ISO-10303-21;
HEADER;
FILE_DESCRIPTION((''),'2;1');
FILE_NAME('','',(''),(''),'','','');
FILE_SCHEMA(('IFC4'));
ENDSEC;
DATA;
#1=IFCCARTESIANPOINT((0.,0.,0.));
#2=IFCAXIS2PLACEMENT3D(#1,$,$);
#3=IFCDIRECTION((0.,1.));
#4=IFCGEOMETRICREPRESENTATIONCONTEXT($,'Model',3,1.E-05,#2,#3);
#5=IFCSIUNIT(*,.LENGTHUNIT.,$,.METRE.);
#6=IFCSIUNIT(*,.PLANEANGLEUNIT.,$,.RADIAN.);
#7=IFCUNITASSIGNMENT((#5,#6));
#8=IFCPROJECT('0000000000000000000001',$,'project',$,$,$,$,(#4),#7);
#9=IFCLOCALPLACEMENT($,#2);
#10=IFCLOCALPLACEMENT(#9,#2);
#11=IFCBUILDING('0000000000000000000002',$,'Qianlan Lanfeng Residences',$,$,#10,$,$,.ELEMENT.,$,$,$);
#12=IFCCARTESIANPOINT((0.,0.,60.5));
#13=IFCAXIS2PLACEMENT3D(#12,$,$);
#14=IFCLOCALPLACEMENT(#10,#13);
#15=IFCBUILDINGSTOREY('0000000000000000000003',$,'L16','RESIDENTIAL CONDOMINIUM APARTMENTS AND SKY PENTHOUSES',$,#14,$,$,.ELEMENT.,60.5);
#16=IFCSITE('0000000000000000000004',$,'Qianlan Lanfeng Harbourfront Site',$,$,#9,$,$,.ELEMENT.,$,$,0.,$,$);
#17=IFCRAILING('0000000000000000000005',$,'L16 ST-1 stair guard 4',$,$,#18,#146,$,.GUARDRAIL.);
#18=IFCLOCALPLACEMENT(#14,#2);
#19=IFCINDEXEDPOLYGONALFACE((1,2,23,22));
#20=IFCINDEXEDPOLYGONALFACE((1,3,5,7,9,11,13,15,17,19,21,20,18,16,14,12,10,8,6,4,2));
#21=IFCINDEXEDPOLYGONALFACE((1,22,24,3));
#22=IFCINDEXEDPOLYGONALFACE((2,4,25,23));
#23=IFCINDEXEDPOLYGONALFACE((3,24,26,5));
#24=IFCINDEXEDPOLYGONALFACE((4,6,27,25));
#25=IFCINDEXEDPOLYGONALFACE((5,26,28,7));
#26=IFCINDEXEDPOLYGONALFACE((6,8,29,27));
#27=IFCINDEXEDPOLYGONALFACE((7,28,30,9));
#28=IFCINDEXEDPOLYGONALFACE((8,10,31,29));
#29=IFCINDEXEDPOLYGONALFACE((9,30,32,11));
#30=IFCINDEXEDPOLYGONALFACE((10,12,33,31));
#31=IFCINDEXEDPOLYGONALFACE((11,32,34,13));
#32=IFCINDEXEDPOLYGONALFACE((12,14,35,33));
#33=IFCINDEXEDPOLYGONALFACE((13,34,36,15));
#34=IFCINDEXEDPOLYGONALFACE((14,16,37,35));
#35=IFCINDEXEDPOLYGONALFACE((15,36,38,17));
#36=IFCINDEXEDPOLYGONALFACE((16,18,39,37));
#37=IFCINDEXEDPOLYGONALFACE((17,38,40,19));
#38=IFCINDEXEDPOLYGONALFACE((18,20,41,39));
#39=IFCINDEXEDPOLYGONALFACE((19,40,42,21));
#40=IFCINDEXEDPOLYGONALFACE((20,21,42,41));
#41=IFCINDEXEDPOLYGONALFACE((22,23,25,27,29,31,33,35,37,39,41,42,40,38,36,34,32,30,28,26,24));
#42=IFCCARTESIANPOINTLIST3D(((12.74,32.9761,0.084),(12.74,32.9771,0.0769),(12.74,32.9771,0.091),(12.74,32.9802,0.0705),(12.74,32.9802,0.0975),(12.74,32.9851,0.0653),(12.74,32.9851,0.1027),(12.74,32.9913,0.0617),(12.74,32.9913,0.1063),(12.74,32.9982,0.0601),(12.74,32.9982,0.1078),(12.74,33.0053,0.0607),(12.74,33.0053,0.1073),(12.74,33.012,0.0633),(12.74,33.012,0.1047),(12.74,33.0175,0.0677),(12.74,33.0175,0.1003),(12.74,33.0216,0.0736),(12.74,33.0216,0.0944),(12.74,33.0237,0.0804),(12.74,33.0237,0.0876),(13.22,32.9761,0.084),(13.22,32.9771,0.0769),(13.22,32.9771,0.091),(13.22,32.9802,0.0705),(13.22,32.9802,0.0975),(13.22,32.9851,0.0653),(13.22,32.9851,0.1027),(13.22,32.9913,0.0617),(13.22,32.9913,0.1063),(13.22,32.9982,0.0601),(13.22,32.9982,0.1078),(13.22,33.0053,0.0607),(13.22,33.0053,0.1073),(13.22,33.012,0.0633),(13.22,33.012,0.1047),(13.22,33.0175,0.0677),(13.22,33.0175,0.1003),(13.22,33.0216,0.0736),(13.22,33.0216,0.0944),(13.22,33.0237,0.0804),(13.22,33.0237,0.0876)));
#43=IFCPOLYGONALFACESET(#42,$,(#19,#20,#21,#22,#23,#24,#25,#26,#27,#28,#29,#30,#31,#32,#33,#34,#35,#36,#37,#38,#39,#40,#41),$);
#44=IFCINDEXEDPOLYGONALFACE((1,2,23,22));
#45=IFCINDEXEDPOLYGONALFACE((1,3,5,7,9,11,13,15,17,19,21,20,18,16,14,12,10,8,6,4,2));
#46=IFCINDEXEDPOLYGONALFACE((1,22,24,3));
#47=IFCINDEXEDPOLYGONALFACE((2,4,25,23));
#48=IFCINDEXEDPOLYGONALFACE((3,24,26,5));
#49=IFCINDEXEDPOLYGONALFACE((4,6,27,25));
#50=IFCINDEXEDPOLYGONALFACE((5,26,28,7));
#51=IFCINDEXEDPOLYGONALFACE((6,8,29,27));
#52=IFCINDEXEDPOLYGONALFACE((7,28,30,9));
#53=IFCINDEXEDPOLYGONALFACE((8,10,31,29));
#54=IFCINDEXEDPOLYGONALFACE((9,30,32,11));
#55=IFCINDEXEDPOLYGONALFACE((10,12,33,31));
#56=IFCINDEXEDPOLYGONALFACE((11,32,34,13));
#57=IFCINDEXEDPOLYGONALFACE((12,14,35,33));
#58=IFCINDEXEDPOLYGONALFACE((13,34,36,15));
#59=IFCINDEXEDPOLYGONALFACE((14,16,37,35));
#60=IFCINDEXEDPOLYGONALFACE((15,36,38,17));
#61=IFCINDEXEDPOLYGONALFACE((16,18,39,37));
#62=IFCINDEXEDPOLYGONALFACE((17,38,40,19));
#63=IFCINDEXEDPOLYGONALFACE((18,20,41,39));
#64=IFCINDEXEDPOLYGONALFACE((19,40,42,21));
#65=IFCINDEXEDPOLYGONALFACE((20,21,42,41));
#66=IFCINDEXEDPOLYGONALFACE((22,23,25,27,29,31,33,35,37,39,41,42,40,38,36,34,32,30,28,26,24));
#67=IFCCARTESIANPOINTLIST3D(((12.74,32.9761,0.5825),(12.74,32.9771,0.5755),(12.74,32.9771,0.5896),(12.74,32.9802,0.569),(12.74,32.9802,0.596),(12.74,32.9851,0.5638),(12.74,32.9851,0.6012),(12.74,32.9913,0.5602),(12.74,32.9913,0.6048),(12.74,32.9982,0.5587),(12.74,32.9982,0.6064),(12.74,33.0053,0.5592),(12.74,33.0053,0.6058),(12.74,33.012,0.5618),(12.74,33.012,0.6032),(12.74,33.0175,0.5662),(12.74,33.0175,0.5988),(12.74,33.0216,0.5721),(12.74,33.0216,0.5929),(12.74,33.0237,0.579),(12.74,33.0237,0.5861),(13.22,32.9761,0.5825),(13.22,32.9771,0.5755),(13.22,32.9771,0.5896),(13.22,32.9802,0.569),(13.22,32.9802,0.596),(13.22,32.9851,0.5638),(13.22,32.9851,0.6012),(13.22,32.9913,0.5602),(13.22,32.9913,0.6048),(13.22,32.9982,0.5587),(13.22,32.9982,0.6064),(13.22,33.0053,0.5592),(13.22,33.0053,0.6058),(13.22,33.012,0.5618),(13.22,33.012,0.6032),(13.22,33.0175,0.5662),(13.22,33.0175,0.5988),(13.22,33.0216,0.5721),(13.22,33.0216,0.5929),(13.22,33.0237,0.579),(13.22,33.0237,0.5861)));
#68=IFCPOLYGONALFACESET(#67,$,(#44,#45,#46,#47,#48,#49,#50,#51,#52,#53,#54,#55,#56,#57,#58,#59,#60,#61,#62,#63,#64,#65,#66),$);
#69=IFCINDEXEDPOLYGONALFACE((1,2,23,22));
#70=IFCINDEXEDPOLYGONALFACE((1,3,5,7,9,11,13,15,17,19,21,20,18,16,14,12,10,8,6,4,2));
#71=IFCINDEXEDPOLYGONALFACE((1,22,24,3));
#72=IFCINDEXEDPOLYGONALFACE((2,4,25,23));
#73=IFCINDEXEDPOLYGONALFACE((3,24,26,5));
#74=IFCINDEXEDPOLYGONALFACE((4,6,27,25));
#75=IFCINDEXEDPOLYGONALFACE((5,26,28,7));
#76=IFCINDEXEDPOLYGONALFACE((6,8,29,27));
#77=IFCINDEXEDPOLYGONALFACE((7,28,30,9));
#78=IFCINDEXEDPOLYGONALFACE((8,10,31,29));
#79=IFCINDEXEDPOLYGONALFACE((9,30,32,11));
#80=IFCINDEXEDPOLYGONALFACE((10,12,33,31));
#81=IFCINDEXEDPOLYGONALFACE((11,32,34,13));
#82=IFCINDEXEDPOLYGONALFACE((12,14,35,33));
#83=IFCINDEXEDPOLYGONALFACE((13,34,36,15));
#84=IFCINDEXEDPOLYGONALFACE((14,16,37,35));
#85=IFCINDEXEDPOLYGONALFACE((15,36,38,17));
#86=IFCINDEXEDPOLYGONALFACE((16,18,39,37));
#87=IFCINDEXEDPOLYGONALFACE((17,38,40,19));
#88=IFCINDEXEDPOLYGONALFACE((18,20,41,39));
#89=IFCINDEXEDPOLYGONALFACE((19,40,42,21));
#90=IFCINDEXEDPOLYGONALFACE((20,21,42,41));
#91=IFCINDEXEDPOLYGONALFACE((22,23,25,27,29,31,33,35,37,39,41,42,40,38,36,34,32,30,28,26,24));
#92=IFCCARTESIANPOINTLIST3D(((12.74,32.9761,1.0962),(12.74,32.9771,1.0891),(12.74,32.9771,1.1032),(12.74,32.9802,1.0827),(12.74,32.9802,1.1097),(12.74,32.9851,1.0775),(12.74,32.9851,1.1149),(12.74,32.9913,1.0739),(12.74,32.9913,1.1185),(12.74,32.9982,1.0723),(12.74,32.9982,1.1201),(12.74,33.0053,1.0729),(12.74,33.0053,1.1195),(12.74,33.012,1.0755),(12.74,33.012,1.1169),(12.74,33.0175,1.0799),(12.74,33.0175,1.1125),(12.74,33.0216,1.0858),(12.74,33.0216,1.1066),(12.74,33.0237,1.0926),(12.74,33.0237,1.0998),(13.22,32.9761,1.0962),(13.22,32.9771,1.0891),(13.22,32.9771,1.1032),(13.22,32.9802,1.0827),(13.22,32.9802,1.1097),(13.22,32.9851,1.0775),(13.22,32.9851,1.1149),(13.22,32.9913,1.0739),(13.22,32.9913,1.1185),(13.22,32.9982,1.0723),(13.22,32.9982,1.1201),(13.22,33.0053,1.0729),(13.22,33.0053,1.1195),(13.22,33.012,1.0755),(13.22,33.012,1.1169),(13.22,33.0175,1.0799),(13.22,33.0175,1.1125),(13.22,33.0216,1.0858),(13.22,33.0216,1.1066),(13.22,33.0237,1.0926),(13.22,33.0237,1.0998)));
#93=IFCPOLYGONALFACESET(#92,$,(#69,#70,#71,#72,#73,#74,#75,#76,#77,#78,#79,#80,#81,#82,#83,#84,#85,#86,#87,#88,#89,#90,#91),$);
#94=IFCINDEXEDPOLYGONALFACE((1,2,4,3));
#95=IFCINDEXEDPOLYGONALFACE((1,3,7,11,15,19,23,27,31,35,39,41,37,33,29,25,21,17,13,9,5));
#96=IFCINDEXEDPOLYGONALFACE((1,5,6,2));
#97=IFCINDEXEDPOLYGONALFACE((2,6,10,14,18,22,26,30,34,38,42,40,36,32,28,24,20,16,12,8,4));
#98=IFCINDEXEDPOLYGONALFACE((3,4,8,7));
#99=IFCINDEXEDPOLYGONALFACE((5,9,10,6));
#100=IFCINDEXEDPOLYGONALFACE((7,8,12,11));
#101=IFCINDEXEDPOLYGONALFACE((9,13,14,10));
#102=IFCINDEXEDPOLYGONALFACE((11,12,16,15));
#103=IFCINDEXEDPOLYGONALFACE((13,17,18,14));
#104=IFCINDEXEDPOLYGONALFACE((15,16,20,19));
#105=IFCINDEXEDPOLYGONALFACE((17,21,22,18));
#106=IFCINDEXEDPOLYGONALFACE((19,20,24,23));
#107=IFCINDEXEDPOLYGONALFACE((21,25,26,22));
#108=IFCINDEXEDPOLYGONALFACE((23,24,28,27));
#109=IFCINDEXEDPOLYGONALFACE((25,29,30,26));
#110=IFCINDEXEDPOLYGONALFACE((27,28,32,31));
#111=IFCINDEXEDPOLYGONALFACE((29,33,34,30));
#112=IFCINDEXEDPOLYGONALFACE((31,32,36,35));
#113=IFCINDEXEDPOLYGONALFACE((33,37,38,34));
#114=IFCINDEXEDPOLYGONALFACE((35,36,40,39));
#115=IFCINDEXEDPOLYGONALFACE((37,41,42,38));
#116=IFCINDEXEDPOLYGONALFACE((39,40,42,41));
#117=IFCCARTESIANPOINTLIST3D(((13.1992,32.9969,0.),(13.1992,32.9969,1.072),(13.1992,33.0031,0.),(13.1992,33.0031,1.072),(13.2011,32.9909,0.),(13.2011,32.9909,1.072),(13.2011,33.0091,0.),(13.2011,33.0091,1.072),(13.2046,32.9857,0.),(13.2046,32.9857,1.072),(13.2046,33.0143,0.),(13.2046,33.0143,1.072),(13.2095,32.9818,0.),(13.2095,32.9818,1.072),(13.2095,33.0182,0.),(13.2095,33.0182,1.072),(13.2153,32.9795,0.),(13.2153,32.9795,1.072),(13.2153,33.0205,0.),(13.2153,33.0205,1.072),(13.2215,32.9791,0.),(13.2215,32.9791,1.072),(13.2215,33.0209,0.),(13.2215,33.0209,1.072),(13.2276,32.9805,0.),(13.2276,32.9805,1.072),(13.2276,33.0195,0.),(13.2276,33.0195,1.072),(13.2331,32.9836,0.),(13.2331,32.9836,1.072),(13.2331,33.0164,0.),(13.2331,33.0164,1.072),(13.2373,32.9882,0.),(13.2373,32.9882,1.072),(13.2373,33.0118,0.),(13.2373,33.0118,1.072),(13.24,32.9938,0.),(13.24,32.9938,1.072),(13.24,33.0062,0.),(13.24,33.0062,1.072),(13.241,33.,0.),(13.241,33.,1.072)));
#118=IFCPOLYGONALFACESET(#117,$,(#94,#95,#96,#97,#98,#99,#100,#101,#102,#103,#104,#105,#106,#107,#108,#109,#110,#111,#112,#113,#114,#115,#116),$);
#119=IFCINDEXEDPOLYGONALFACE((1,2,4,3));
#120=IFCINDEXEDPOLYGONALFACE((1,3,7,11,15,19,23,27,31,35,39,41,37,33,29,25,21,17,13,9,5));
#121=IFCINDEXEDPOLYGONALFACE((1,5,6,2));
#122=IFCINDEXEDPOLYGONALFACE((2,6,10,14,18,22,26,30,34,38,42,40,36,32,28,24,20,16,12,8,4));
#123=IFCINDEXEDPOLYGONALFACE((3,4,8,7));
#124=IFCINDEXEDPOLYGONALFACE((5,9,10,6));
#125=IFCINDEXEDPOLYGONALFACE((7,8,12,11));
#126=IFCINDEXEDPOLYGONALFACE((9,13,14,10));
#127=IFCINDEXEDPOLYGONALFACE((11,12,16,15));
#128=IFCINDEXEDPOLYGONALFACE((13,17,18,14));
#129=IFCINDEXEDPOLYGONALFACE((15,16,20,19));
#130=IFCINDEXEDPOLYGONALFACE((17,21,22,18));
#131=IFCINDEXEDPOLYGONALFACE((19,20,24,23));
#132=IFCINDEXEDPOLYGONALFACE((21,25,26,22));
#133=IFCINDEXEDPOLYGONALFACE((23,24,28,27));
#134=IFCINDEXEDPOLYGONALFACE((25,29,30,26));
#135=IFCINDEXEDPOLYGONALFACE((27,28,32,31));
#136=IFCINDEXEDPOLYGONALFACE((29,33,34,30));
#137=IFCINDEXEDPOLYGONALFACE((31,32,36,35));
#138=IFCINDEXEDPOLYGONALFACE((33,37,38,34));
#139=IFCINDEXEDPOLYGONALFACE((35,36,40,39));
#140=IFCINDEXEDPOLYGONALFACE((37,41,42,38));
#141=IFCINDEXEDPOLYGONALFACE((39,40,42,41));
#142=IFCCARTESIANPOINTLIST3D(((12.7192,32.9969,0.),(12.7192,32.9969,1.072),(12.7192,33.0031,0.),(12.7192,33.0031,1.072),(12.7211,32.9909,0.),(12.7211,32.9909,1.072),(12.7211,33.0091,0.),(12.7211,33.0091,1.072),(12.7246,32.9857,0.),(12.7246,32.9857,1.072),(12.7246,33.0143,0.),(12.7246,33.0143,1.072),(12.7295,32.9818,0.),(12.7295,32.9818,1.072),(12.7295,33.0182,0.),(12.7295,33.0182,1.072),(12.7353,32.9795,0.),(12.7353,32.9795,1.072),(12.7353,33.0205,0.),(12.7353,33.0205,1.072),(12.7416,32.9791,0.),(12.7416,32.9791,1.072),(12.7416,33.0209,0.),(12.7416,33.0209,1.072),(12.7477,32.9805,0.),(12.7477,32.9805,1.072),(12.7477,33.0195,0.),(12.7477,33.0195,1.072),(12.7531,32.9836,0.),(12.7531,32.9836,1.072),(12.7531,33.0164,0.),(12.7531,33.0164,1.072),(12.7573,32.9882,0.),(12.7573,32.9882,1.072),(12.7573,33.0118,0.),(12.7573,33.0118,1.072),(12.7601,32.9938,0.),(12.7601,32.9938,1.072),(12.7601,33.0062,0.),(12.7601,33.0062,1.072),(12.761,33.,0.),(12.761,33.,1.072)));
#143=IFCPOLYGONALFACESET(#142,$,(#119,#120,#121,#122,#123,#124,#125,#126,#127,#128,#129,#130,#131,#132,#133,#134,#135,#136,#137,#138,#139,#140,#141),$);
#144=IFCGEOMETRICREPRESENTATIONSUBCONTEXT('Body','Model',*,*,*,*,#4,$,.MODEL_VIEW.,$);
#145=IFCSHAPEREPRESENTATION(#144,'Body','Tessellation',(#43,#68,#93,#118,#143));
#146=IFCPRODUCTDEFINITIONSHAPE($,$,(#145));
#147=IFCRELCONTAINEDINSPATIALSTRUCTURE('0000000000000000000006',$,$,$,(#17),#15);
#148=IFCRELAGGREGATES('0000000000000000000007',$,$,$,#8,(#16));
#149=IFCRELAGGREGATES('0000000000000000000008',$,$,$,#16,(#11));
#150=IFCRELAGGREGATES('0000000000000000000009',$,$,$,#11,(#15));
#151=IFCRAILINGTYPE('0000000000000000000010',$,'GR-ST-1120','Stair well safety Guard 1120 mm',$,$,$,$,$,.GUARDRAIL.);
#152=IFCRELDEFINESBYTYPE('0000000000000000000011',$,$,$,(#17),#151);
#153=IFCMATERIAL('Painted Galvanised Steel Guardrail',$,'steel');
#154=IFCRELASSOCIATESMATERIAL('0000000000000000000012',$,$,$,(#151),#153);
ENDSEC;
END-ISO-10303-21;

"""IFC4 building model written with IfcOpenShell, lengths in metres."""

from ifc_helpers import new_model, si_unit, direction, frame, origin, origin_2d, place, context, subcontext, project, spatial, circle, extrude, material, type_object, element, save


model = new_model("IFC4")

# Units and contexts
model_context = context("Model", 3, precision=1e-05, world=origin(), true_north=direction((0.0, 1.0)))
body_context = subcontext(model_context, "Body", "Model", "MODEL_VIEW")
ifc_project = project(units=[si_unit("LENGTHUNIT", "METRE"), si_unit("PLANEANGLEUNIT", "RADIAN")], contexts=[model_context])

# Site, building, storey
site_placement = place(None, origin())
site = spatial("IfcSite", under=ifc_project, at=site_placement, Name="Qianlan Lanfeng Harbourfront Site", CompositionType="ELEMENT", RefElevation=0.0)
building_placement = place(site_placement, origin())
building = spatial("IfcBuilding", under=site, at=building_placement, Name="Qianlan Lanfeng Residences", CompositionType="ELEMENT")
storey_placement = place(building_placement, frame((0.0, 0.0, 60.5)))
storey = spatial("IfcBuildingStorey", under=building, at=storey_placement, Name="L16", Description="RESIDENTIAL CONDOMINIUM APARTMENTS AND SKY PENTHOUSES", CompositionType="ELEMENT", Elevation=60.5)

# Railing
ifc_material_1 = material(Name="Painted Galvanised Steel Guardrail", Category="steel")
railing_type = type_object("IfcRailingType", Name="GR-ST-1120", Description="Stair well safety Guard 1120 mm", PredefinedType="GUARDRAIL", material=ifc_material_1)
railing_placement = place(storey_placement, frame((13.22, 33.0, 0.0)))
element("IfcRailing", 1, at=railing_placement, inside=storey, type_object=railing_type, Name="L16 ST-1 stair guard 4", PredefinedType="GUARDRAIL", context=body_context, shape_type="SweptSolid", body=[
    extrude(circle(Radius=0.0239, at=origin_2d()), frame((0.0, 0.0, 0.084), z_axis=(-1.0, 0.0, 0.0), x_axis=(0.0, -1.0, 0.0)), (0.0, 0.0, 1.0), 0.48),
    extrude(circle(Radius=0.0239, at=origin_2d()), frame((0.0, 0.0, 0.5825), z_axis=(-1.0, 0.0, 0.0), x_axis=(0.0, -1.0, 0.0)), (0.0, 0.0, 1.0), 0.48),
    extrude(circle(Radius=0.0239, at=origin_2d()), frame((0.0, 0.0, 1.0962), z_axis=(-1.0, 0.0, 0.0), x_axis=(0.0, -1.0, 0.0)), (0.0, 0.0, 1.0), 0.48),
    extrude(circle(Radius=0.021, at=origin_2d()), origin(), (0.0, 0.0, 1.0), 1.072),
    extrude(circle(Radius=0.021, at=origin_2d()), frame((-0.48, 0.0, 0.0)), (0.0, 0.0, 1.0), 1.072),
])

save(model, "model.ifc")
